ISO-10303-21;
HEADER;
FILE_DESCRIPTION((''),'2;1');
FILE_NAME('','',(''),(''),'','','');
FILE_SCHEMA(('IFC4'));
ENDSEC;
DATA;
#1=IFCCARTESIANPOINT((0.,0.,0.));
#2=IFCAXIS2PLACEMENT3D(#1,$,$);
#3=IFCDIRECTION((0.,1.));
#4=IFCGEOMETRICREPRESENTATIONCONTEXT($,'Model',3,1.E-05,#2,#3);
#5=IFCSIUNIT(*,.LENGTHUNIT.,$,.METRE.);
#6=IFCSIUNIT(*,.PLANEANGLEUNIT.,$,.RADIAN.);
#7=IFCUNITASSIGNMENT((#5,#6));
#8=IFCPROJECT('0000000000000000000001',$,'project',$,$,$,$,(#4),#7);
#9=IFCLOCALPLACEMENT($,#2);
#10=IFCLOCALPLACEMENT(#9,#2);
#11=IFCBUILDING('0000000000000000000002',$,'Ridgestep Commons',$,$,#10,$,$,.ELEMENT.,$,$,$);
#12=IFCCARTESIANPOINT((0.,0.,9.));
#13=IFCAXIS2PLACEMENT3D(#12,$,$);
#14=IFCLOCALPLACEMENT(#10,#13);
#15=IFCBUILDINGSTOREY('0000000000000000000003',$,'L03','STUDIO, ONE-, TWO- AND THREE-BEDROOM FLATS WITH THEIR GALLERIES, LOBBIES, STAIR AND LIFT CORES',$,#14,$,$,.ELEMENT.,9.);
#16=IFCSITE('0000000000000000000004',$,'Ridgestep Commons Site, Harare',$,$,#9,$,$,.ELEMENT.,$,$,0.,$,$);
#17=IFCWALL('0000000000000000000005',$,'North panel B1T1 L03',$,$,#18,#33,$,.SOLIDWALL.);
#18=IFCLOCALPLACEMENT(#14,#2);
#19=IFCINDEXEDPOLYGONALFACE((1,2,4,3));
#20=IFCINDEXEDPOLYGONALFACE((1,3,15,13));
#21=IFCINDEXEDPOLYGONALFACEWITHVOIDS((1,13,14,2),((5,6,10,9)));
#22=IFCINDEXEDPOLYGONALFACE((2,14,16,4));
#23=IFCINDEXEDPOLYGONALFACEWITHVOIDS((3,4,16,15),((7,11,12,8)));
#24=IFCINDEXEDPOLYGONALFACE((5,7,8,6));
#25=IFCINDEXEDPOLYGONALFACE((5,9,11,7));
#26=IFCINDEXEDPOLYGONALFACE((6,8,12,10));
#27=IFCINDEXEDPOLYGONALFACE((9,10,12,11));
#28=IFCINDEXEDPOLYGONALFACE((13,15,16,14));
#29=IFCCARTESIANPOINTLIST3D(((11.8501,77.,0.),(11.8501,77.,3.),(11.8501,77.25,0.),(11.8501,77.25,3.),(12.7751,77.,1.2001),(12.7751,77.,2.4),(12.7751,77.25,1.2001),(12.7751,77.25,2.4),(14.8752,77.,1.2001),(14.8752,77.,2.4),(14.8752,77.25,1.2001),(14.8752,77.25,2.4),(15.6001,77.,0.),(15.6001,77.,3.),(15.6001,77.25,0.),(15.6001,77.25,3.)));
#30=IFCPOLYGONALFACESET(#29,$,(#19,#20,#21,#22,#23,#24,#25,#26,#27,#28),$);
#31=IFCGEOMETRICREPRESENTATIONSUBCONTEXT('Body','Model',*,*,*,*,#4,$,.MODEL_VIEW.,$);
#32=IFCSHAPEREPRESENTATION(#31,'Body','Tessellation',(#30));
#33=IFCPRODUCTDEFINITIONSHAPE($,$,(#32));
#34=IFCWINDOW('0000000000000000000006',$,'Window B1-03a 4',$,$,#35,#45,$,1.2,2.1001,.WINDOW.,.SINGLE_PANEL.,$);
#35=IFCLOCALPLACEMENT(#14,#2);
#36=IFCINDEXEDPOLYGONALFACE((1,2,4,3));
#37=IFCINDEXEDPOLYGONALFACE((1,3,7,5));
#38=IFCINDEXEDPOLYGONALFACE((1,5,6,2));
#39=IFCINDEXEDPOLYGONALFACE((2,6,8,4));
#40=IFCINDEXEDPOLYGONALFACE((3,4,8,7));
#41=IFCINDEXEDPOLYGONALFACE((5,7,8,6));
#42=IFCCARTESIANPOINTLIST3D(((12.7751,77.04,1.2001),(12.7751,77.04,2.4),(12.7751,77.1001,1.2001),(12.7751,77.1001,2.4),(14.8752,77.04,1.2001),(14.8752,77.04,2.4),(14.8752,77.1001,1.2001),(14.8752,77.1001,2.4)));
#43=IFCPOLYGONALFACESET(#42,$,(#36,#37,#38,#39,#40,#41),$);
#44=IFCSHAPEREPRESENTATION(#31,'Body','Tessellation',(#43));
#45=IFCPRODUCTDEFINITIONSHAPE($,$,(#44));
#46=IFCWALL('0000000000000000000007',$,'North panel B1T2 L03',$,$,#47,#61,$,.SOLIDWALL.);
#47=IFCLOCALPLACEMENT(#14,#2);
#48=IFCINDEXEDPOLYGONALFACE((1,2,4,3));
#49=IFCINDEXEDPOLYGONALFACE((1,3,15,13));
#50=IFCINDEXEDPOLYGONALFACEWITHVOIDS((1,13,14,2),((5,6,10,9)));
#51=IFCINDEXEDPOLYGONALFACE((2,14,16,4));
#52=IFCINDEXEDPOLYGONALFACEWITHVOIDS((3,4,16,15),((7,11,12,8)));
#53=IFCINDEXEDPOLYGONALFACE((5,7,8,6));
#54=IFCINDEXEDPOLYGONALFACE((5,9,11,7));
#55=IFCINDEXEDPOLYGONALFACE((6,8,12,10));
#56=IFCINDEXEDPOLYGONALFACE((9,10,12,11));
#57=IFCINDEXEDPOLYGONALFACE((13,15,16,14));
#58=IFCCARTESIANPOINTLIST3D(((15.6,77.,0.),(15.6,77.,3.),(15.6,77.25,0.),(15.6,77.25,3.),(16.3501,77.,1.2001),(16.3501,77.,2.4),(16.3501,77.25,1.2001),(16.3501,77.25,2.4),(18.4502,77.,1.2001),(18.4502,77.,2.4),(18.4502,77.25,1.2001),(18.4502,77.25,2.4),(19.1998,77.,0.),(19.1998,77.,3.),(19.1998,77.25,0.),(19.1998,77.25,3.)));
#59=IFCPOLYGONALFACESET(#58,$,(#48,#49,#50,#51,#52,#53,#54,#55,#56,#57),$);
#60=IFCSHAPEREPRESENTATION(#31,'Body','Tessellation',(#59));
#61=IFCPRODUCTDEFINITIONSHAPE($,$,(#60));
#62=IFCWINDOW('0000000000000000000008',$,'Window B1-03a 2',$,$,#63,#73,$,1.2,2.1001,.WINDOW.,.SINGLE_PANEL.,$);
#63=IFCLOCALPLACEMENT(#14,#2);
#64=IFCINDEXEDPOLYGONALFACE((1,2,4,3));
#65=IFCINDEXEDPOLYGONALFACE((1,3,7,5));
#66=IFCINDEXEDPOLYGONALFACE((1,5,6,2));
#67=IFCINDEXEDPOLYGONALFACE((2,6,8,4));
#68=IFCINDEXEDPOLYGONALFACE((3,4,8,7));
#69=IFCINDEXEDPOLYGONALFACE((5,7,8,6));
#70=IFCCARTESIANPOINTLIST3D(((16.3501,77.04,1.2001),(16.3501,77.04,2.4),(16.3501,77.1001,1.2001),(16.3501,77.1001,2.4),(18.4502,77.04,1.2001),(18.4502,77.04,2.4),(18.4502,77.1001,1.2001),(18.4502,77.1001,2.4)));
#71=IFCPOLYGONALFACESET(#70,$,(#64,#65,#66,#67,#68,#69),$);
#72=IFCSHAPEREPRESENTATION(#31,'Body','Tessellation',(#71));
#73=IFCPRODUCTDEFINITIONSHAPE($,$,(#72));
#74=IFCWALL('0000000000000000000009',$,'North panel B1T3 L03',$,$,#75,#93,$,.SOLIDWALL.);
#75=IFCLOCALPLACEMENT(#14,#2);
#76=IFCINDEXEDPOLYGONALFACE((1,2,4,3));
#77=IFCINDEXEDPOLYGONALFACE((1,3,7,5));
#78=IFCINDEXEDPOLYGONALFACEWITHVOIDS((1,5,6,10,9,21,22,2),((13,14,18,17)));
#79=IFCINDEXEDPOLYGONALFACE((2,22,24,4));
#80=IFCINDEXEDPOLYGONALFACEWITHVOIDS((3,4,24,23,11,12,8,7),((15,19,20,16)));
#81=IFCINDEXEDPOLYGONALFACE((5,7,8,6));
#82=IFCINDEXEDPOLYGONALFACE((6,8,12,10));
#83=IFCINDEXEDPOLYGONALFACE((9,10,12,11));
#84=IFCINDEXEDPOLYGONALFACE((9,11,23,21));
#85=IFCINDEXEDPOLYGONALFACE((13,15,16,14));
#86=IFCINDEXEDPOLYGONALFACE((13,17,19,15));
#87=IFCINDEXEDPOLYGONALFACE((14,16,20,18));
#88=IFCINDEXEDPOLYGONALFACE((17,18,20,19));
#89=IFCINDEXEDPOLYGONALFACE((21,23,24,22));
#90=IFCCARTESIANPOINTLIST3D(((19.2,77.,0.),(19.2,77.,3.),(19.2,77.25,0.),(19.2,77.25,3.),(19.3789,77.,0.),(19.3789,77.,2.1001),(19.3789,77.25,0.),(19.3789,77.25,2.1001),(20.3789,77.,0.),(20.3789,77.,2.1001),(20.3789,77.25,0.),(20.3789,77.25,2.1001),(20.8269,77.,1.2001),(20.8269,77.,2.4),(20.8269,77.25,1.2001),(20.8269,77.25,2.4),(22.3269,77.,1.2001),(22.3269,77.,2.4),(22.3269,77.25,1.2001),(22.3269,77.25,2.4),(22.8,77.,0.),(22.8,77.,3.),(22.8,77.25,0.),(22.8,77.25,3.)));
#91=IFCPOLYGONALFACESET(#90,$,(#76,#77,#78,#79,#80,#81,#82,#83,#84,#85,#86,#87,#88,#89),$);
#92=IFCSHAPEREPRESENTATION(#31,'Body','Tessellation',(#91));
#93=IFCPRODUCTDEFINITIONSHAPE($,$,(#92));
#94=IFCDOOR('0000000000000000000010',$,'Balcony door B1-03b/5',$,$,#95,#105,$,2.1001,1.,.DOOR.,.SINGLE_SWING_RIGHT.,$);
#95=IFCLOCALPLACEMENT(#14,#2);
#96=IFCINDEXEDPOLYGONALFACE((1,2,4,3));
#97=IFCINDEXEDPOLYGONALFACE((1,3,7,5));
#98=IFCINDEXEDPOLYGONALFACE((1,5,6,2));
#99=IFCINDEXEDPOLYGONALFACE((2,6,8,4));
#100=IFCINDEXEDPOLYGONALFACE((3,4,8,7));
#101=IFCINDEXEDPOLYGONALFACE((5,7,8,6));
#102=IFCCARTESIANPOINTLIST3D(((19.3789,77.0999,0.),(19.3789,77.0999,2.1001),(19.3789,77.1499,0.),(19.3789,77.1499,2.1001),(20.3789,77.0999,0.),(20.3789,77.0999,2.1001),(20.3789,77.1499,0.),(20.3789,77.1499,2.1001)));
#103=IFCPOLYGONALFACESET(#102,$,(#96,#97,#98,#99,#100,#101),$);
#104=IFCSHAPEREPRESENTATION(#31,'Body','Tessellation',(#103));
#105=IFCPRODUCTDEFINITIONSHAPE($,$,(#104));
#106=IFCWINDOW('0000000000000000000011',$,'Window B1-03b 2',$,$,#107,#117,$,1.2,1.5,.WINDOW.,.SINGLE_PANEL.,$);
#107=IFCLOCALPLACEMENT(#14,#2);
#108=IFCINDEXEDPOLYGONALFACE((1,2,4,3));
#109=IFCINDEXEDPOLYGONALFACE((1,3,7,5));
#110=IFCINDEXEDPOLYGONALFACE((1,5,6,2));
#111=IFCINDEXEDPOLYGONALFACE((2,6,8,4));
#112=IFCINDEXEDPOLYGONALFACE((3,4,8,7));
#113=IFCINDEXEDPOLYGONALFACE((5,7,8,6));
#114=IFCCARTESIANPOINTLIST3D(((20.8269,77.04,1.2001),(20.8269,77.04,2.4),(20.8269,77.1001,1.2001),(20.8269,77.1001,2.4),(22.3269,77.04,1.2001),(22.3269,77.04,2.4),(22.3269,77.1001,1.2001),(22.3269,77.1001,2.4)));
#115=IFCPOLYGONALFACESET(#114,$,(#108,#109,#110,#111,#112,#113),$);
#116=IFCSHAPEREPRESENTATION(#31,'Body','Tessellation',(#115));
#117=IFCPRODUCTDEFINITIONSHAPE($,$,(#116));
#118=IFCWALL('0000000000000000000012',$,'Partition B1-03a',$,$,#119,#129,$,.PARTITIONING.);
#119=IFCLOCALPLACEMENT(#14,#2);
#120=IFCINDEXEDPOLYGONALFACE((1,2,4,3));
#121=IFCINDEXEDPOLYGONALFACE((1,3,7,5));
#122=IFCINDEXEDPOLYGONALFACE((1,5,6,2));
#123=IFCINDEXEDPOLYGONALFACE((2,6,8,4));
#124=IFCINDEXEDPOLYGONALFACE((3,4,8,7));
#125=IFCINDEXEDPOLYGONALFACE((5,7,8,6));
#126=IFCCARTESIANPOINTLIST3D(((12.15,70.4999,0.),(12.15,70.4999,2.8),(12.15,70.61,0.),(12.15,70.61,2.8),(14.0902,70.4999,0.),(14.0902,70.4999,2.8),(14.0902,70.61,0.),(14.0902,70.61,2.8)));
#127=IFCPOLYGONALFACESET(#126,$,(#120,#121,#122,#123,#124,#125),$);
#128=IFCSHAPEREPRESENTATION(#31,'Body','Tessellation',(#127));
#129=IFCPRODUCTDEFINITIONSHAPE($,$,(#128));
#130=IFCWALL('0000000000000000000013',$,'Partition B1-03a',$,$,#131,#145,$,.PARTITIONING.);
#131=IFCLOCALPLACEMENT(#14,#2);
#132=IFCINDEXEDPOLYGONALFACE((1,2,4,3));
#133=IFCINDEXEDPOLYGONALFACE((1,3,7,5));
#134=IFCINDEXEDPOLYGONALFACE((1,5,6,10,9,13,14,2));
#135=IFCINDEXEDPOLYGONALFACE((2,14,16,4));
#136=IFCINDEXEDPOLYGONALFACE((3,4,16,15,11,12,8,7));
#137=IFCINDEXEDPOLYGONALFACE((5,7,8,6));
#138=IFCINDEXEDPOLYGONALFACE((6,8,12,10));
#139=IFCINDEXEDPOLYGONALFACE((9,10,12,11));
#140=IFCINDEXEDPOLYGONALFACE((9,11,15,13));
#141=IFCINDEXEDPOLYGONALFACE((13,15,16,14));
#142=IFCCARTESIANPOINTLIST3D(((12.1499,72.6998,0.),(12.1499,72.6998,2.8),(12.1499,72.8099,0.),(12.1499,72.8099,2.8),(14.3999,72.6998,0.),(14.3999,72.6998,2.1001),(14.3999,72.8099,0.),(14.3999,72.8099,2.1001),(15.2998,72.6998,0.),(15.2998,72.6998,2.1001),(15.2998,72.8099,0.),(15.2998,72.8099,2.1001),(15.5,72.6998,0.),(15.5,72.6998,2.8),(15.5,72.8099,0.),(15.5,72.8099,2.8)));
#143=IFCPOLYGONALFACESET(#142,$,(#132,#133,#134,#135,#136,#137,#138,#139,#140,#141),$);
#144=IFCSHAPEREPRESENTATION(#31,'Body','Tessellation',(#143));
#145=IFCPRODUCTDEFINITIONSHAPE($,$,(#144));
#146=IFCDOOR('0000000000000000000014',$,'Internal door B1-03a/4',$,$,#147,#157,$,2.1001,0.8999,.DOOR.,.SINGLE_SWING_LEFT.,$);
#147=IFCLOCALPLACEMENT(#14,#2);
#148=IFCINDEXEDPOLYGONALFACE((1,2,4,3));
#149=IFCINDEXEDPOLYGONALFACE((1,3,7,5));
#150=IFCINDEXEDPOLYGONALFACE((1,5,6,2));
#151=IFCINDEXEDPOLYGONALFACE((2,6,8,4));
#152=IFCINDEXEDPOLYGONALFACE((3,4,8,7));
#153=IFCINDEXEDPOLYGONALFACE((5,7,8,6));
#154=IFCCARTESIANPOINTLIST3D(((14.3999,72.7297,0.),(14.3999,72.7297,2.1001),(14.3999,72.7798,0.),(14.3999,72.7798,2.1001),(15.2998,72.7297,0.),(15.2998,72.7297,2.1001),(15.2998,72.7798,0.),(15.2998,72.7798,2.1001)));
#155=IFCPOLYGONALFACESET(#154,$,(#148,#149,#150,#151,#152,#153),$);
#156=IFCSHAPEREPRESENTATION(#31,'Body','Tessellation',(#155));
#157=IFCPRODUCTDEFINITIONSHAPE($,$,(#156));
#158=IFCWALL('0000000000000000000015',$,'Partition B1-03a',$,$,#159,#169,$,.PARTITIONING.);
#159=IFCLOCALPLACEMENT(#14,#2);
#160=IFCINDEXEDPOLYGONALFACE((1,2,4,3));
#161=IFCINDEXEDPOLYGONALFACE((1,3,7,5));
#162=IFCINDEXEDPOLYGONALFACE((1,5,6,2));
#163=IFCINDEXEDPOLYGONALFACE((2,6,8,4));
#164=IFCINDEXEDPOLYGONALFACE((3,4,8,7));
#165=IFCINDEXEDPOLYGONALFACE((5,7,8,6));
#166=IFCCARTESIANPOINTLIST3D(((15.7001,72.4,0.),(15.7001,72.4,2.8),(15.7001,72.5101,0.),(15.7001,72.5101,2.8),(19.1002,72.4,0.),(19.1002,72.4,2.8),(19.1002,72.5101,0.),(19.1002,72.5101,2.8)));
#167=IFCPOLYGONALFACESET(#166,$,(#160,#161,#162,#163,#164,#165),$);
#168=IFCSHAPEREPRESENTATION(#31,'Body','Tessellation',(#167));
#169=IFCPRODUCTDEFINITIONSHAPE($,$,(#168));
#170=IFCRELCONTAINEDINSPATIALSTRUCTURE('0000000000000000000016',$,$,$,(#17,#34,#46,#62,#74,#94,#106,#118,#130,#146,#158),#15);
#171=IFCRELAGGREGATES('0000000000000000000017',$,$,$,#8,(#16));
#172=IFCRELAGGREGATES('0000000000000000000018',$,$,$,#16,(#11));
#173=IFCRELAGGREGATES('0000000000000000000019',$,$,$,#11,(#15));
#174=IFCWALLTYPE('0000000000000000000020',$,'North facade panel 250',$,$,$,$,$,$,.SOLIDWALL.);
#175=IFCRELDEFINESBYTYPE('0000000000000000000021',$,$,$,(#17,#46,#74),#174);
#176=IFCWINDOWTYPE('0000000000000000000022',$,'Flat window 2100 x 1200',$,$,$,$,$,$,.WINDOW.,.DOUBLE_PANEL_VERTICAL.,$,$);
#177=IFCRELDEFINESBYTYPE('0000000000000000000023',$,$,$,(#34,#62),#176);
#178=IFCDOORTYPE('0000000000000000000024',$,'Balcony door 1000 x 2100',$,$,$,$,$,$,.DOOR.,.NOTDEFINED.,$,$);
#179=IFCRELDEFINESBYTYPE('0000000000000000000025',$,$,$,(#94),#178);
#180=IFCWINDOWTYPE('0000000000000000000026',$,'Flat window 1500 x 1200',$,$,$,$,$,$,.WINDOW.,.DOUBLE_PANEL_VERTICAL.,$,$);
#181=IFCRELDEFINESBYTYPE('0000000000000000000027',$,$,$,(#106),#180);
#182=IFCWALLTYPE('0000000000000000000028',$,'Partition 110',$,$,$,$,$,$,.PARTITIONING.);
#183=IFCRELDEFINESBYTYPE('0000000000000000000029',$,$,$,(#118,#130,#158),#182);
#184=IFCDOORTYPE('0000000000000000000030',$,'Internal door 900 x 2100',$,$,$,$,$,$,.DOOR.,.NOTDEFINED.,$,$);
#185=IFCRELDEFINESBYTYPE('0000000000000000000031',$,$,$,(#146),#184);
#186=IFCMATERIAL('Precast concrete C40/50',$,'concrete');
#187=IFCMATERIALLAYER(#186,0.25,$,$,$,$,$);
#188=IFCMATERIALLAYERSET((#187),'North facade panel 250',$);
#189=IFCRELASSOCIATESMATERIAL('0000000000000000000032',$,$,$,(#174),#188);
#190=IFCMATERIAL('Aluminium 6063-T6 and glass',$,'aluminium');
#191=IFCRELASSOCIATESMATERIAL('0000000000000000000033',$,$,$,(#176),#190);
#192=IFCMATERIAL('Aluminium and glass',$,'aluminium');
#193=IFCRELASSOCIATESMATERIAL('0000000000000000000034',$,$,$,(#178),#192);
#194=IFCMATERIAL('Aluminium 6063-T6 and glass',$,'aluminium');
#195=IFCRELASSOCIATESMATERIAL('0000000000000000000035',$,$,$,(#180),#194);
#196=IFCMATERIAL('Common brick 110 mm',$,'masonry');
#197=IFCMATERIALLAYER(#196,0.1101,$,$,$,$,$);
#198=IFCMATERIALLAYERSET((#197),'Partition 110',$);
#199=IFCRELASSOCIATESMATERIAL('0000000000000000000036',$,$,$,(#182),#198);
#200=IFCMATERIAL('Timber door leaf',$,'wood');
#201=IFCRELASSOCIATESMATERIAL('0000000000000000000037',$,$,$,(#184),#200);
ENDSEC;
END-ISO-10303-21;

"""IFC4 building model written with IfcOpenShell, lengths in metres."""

from ifc_helpers import new_model, si_unit, direction, frame, frame_2d, origin, place, context, subcontext, project, spatial, rectangle, extrude, material, layer, layer_set, type_object, element, fill, save


model = new_model("IFC4")

# Units and contexts
model_context = context("Model", 3, precision=1e-05, world=origin(), true_north=direction((0.0, 1.0)))
body_context = subcontext(model_context, "Body", "Model", "MODEL_VIEW")
ifc_project = project(units=[si_unit("LENGTHUNIT", "METRE"), si_unit("PLANEANGLEUNIT", "RADIAN")], contexts=[model_context])

# Site, building, storey
site_placement = place(None, origin())
site = spatial("IfcSite", under=ifc_project, at=site_placement, Name="Ridgestep Commons Site, Harare", CompositionType="ELEMENT", RefElevation=0.0)
building_placement = place(site_placement, origin())
building = spatial("IfcBuilding", under=site, at=building_placement, Name="Ridgestep Commons", CompositionType="ELEMENT")
storey_placement = place(building_placement, frame((0.0, 0.0, 9.0)))
storey = spatial("IfcBuildingStorey", under=building, at=storey_placement, Name="L03", Description="STUDIO, ONE-, TWO- AND THREE-BEDROOM FLATS WITH THEIR GALLERIES, LOBBIES, STAIR AND LIFT CORES", CompositionType="ELEMENT", Elevation=9.0)

# Walls, openings, windows
ifc_material_1 = material(Name="Precast concrete C40/50", Category="concrete")
ifc_layer_1 = layer(ifc_material_1, 0.25)
ifc_layer_set_1 = layer_set([ifc_layer_1], Name="North facade panel 250")
wall_type_1 = type_object("IfcWallType", Name="North facade panel 250", PredefinedType="SOLIDWALL", material=ifc_layer_set_1)
wall_1_placement = place(storey_placement, frame((11.8501, 77.125, 0.0), z_axis=(0.0, 0.0, 1.0), x_axis=(1.0, 0.0, 0.0)))
wall_1 = element("IfcWall", 1, at=wall_1_placement, inside=storey, type_object=wall_type_1, Name="North panel B1T1 L03", PredefinedType="SOLIDWALL", context=body_context, shape_type="SweptSolid", body=[
    extrude(rectangle(XDim=3.75, YDim=0.25, at=frame_2d((1.875, 0.0))), origin(), (0.0, 0.0, 1.0), 3.0),
])
opening_1_placement = place(wall_1_placement, frame((0.925, 0.0, 1.2)))
opening_1 = element("IfcOpeningElement", 2, at=opening_1_placement, cuts=wall_1, PredefinedType="OPENING", context=body_context, shape_type="SweptSolid", body=[
    extrude(rectangle(XDim=2.1001, YDim=1.2, at=frame_2d((1.05, 0.6001))), frame((0.0, 0.135, 0.0), z_axis=(0.0, -1.0, 0.0), x_axis=(1.0, 0.0, 0.0)), (0.0, 0.0, 1.0), 0.27),
])
ifc_material_2 = material(Name="Aluminium 6063-T6 and glass", Category="aluminium")
window_type_1 = type_object("IfcWindowType", Name="Flat window 2100 x 1200", PartitioningType="DOUBLE_PANEL_VERTICAL", PredefinedType="WINDOW", material=ifc_material_2)
window_1_placement = place(opening_1_placement, origin())
window_1 = element("IfcWindow", 3, at=window_1_placement, inside=storey, type_object=window_type_1, Name="Window B1-03a 4", OverallHeight=1.2, OverallWidth=2.1001, PartitioningType="SINGLE_PANEL", PredefinedType="WINDOW", context=body_context, shape_type="SweptSolid", body=[
    extrude(rectangle(XDim=2.1001, YDim=1.2, at=frame_2d((1.05, 0.6001))), frame((0.0, -0.0249, 0.0), z_axis=(0.0, -1.0, 0.0), x_axis=(1.0, 0.0, 0.0)), (0.0, 0.0, 1.0), 0.0601),
])
fill(opening_1, window_1)
wall_2_placement = place(storey_placement, frame((15.6001, 77.125, 0.0), z_axis=(0.0, 0.0, 1.0), x_axis=(1.0, 0.0, 0.0)))
wall_2 = element("IfcWall", 4, at=wall_2_placement, inside=storey, type_object=wall_type_1, Name="North panel B1T2 L03", PredefinedType="SOLIDWALL", context=body_context, shape_type="SweptSolid", body=[
    extrude(rectangle(XDim=3.5999, YDim=0.25, at=frame_2d((1.7998, 0.0))), origin(), (0.0, 0.0, 1.0), 3.0),
])
opening_2_placement = place(wall_2_placement, frame((0.75, 0.0, 1.2)))
opening_2 = element("IfcOpeningElement", 5, at=opening_2_placement, cuts=wall_2, PredefinedType="OPENING", context=body_context, shape_type="SweptSolid", body=[
    extrude(rectangle(XDim=2.1001, YDim=1.2, at=frame_2d((1.05, 0.6001))), frame((0.0, 0.135, 0.0), z_axis=(0.0, -1.0, 0.0), x_axis=(1.0, 0.0, 0.0)), (0.0, 0.0, 1.0), 0.27),
])
window_2_placement = place(opening_2_placement, origin())
window_2 = element("IfcWindow", 6, at=window_2_placement, inside=storey, type_object=window_type_1, Name="Window B1-03a 2", OverallHeight=1.2, OverallWidth=2.1001, PartitioningType="SINGLE_PANEL", PredefinedType="WINDOW", context=body_context, shape_type="SweptSolid", body=[
    extrude(rectangle(XDim=2.1001, YDim=1.2, at=frame_2d((1.05, 0.6001))), frame((0.0, -0.0249, 0.0), z_axis=(0.0, -1.0, 0.0), x_axis=(1.0, 0.0, 0.0)), (0.0, 0.0, 1.0), 0.0601),
])
fill(opening_2, window_2)

# Wall, openings, door, window
wall_3_placement = place(storey_placement, frame((19.2, 77.125, 0.0), z_axis=(0.0, 0.0, 1.0), x_axis=(1.0, 0.0, 0.0)))
wall_3 = element("IfcWall", 7, at=wall_3_placement, inside=storey, type_object=wall_type_1, Name="North panel B1T3 L03", PredefinedType="SOLIDWALL", context=body_context, shape_type="SweptSolid", body=[
    extrude(rectangle(XDim=3.6001, YDim=0.25, at=frame_2d((1.8, 0.0))), origin(), (0.0, 0.0, 1.0), 3.0),
])
opening_3_placement = place(wall_3_placement, frame((1.627, 0.0, 1.2)))
opening_3 = element("IfcOpeningElement", 8, at=opening_3_placement, cuts=wall_3, PredefinedType="OPENING", context=body_context, shape_type="SweptSolid", body=[
    extrude(rectangle(XDim=1.5, YDim=1.2, at=frame_2d((0.75, 0.6001))), frame((0.0, 0.135, 0.0), z_axis=(0.0, -1.0, 0.0), x_axis=(1.0, 0.0, 0.0)), (0.0, 0.0, 1.0), 0.27),
])
opening_4_placement = place(wall_3_placement, frame((0.179, 0.0, 0.0)))
opening_4 = element("IfcOpeningElement", 9, at=opening_4_placement, cuts=wall_3, PredefinedType="OPENING", context=body_context, shape_type="SweptSolid", body=[
    extrude(rectangle(XDim=1.0, YDim=2.1001, at=frame_2d((0.5, 1.05))), frame((0.0, 0.135, 0.0), z_axis=(0.0, -1.0, 0.0), x_axis=(1.0, 0.0, 0.0)), (0.0, 0.0, 1.0), 0.27),
])
ifc_material_3 = material(Name="Aluminium and glass", Category="aluminium")
door_type_1 = type_object("IfcDoorType", Name="Balcony door 1000 x 2100", OperationType="NOTDEFINED", PredefinedType="DOOR", material=ifc_material_3)
door_1_placement = place(opening_4_placement, origin())
door_1 = element("IfcDoor", 10, at=door_1_placement, inside=storey, type_object=door_type_1, Name="Balcony door B1-03b/5", OperationType="SINGLE_SWING_RIGHT", OverallHeight=2.1001, OverallWidth=1.0, PredefinedType="DOOR", context=body_context, shape_type="SweptSolid", body=[
    extrude(rectangle(XDim=1.0, YDim=2.1001, at=frame_2d((0.5, 1.05))), frame((0.0, 0.0249, 0.0), z_axis=(0.0, -1.0, 0.0), x_axis=(1.0, 0.0, 0.0)), (0.0, 0.0, 1.0), 0.05),
])
fill(opening_4, door_1)
ifc_material_4 = material(Name="Aluminium 6063-T6 and glass", Category="aluminium")
window_type_2 = type_object("IfcWindowType", Name="Flat window 1500 x 1200", PartitioningType="DOUBLE_PANEL_VERTICAL", PredefinedType="WINDOW", material=ifc_material_4)
window_3_placement = place(opening_3_placement, origin())
window_3 = element("IfcWindow", 11, at=window_3_placement, inside=storey, type_object=window_type_2, Name="Window B1-03b 2", OverallHeight=1.2, OverallWidth=1.5, PartitioningType="SINGLE_PANEL", PredefinedType="WINDOW", context=body_context, shape_type="SweptSolid", body=[
    extrude(rectangle(XDim=1.5, YDim=1.2, at=frame_2d((0.75, 0.6001))), frame((0.0, -0.0249, 0.0), z_axis=(0.0, -1.0, 0.0), x_axis=(1.0, 0.0, 0.0)), (0.0, 0.0, 1.0), 0.0601),
])
fill(opening_3, window_3)

# Wall
ifc_material_5 = material(Name="Common brick 110 mm", Category="masonry")
ifc_layer_2 = layer(ifc_material_5, 0.1101)
ifc_layer_set_2 = layer_set([ifc_layer_2], Name="Partition 110")
wall_type_2 = type_object("IfcWallType", Name="Partition 110", PredefinedType="PARTITIONING", material=ifc_layer_set_2)
wall_4_placement = place(storey_placement, frame((12.1499, 70.5549, 0.0), z_axis=(0.0, 0.0, 1.0), x_axis=(1.0, 0.0, 0.0)))
element("IfcWall", 12, at=wall_4_placement, inside=storey, type_object=wall_type_2, Name="Partition B1-03a", PredefinedType="PARTITIONING", context=body_context, shape_type="SweptSolid", body=[
    extrude(rectangle(XDim=1.9402, YDim=0.1101, at=frame_2d((0.9702, 0.0))), origin(), (0.0, 0.0, 1.0), 2.8),
])

# Wall, opening, door
wall_5_placement = place(storey_placement, frame((12.1499, 72.7549, 0.0), z_axis=(0.0, 0.0, 1.0), x_axis=(1.0, 0.0, 0.0)))
wall_5 = element("IfcWall", 13, at=wall_5_placement, inside=storey, type_object=wall_type_2, Name="Partition B1-03a", PredefinedType="PARTITIONING", context=body_context, shape_type="SweptSolid", body=[
    extrude(rectangle(XDim=3.3501, YDim=0.1101, at=frame_2d((1.675, 0.0))), origin(), (0.0, 0.0, 1.0), 2.8),
])
opening_5_placement = place(wall_5_placement, frame((2.25, 0.0, 0.0)))
opening_5 = element("IfcOpeningElement", 14, at=opening_5_placement, cuts=wall_5, PredefinedType="OPENING", context=body_context, shape_type="SweptSolid", body=[
    extrude(rectangle(XDim=0.8999, YDim=2.1001, at=frame_2d((0.45, 1.05))), frame((0.0, 0.0649, 0.0), z_axis=(0.0, -1.0, 0.0), x_axis=(1.0, 0.0, 0.0)), (0.0, 0.0, 1.0), 0.1301),
])
ifc_material_6 = material(Name="Timber door leaf", Category="wood")
door_type_2 = type_object("IfcDoorType", Name="Internal door 900 x 2100", OperationType="NOTDEFINED", PredefinedType="DOOR", material=ifc_material_6)
door_2_placement = place(opening_5_placement, origin())
door_2 = element("IfcDoor", 15, at=door_2_placement, inside=storey, type_object=door_type_2, Name="Internal door B1-03a/4", OperationType="SINGLE_SWING_LEFT", OverallHeight=2.1001, OverallWidth=0.8999, PredefinedType="DOOR", context=body_context, shape_type="SweptSolid", body=[
    extrude(rectangle(XDim=0.8999, YDim=2.1001, at=frame_2d((0.45, 1.05))), frame((0.0, 0.0249, 0.0), z_axis=(0.0, -1.0, 0.0), x_axis=(1.0, 0.0, 0.0)), (0.0, 0.0, 1.0), 0.05),
])
fill(opening_5, door_2)

# Wall
wall_6_placement = place(storey_placement, frame((15.7, 72.4551, 0.0), z_axis=(0.0, 0.0, 1.0), x_axis=(1.0, 0.0, 0.0)))
element("IfcWall", 16, at=wall_6_placement, inside=storey, type_object=wall_type_2, Name="Partition B1-03a", PredefinedType="PARTITIONING", context=body_context, shape_type="SweptSolid", body=[
    extrude(rectangle(XDim=3.4001, YDim=0.1101, at=frame_2d((1.7002, 0.0))), origin(), (0.0, 0.0, 1.0), 2.8),
])

save(model, "model.ifc")
